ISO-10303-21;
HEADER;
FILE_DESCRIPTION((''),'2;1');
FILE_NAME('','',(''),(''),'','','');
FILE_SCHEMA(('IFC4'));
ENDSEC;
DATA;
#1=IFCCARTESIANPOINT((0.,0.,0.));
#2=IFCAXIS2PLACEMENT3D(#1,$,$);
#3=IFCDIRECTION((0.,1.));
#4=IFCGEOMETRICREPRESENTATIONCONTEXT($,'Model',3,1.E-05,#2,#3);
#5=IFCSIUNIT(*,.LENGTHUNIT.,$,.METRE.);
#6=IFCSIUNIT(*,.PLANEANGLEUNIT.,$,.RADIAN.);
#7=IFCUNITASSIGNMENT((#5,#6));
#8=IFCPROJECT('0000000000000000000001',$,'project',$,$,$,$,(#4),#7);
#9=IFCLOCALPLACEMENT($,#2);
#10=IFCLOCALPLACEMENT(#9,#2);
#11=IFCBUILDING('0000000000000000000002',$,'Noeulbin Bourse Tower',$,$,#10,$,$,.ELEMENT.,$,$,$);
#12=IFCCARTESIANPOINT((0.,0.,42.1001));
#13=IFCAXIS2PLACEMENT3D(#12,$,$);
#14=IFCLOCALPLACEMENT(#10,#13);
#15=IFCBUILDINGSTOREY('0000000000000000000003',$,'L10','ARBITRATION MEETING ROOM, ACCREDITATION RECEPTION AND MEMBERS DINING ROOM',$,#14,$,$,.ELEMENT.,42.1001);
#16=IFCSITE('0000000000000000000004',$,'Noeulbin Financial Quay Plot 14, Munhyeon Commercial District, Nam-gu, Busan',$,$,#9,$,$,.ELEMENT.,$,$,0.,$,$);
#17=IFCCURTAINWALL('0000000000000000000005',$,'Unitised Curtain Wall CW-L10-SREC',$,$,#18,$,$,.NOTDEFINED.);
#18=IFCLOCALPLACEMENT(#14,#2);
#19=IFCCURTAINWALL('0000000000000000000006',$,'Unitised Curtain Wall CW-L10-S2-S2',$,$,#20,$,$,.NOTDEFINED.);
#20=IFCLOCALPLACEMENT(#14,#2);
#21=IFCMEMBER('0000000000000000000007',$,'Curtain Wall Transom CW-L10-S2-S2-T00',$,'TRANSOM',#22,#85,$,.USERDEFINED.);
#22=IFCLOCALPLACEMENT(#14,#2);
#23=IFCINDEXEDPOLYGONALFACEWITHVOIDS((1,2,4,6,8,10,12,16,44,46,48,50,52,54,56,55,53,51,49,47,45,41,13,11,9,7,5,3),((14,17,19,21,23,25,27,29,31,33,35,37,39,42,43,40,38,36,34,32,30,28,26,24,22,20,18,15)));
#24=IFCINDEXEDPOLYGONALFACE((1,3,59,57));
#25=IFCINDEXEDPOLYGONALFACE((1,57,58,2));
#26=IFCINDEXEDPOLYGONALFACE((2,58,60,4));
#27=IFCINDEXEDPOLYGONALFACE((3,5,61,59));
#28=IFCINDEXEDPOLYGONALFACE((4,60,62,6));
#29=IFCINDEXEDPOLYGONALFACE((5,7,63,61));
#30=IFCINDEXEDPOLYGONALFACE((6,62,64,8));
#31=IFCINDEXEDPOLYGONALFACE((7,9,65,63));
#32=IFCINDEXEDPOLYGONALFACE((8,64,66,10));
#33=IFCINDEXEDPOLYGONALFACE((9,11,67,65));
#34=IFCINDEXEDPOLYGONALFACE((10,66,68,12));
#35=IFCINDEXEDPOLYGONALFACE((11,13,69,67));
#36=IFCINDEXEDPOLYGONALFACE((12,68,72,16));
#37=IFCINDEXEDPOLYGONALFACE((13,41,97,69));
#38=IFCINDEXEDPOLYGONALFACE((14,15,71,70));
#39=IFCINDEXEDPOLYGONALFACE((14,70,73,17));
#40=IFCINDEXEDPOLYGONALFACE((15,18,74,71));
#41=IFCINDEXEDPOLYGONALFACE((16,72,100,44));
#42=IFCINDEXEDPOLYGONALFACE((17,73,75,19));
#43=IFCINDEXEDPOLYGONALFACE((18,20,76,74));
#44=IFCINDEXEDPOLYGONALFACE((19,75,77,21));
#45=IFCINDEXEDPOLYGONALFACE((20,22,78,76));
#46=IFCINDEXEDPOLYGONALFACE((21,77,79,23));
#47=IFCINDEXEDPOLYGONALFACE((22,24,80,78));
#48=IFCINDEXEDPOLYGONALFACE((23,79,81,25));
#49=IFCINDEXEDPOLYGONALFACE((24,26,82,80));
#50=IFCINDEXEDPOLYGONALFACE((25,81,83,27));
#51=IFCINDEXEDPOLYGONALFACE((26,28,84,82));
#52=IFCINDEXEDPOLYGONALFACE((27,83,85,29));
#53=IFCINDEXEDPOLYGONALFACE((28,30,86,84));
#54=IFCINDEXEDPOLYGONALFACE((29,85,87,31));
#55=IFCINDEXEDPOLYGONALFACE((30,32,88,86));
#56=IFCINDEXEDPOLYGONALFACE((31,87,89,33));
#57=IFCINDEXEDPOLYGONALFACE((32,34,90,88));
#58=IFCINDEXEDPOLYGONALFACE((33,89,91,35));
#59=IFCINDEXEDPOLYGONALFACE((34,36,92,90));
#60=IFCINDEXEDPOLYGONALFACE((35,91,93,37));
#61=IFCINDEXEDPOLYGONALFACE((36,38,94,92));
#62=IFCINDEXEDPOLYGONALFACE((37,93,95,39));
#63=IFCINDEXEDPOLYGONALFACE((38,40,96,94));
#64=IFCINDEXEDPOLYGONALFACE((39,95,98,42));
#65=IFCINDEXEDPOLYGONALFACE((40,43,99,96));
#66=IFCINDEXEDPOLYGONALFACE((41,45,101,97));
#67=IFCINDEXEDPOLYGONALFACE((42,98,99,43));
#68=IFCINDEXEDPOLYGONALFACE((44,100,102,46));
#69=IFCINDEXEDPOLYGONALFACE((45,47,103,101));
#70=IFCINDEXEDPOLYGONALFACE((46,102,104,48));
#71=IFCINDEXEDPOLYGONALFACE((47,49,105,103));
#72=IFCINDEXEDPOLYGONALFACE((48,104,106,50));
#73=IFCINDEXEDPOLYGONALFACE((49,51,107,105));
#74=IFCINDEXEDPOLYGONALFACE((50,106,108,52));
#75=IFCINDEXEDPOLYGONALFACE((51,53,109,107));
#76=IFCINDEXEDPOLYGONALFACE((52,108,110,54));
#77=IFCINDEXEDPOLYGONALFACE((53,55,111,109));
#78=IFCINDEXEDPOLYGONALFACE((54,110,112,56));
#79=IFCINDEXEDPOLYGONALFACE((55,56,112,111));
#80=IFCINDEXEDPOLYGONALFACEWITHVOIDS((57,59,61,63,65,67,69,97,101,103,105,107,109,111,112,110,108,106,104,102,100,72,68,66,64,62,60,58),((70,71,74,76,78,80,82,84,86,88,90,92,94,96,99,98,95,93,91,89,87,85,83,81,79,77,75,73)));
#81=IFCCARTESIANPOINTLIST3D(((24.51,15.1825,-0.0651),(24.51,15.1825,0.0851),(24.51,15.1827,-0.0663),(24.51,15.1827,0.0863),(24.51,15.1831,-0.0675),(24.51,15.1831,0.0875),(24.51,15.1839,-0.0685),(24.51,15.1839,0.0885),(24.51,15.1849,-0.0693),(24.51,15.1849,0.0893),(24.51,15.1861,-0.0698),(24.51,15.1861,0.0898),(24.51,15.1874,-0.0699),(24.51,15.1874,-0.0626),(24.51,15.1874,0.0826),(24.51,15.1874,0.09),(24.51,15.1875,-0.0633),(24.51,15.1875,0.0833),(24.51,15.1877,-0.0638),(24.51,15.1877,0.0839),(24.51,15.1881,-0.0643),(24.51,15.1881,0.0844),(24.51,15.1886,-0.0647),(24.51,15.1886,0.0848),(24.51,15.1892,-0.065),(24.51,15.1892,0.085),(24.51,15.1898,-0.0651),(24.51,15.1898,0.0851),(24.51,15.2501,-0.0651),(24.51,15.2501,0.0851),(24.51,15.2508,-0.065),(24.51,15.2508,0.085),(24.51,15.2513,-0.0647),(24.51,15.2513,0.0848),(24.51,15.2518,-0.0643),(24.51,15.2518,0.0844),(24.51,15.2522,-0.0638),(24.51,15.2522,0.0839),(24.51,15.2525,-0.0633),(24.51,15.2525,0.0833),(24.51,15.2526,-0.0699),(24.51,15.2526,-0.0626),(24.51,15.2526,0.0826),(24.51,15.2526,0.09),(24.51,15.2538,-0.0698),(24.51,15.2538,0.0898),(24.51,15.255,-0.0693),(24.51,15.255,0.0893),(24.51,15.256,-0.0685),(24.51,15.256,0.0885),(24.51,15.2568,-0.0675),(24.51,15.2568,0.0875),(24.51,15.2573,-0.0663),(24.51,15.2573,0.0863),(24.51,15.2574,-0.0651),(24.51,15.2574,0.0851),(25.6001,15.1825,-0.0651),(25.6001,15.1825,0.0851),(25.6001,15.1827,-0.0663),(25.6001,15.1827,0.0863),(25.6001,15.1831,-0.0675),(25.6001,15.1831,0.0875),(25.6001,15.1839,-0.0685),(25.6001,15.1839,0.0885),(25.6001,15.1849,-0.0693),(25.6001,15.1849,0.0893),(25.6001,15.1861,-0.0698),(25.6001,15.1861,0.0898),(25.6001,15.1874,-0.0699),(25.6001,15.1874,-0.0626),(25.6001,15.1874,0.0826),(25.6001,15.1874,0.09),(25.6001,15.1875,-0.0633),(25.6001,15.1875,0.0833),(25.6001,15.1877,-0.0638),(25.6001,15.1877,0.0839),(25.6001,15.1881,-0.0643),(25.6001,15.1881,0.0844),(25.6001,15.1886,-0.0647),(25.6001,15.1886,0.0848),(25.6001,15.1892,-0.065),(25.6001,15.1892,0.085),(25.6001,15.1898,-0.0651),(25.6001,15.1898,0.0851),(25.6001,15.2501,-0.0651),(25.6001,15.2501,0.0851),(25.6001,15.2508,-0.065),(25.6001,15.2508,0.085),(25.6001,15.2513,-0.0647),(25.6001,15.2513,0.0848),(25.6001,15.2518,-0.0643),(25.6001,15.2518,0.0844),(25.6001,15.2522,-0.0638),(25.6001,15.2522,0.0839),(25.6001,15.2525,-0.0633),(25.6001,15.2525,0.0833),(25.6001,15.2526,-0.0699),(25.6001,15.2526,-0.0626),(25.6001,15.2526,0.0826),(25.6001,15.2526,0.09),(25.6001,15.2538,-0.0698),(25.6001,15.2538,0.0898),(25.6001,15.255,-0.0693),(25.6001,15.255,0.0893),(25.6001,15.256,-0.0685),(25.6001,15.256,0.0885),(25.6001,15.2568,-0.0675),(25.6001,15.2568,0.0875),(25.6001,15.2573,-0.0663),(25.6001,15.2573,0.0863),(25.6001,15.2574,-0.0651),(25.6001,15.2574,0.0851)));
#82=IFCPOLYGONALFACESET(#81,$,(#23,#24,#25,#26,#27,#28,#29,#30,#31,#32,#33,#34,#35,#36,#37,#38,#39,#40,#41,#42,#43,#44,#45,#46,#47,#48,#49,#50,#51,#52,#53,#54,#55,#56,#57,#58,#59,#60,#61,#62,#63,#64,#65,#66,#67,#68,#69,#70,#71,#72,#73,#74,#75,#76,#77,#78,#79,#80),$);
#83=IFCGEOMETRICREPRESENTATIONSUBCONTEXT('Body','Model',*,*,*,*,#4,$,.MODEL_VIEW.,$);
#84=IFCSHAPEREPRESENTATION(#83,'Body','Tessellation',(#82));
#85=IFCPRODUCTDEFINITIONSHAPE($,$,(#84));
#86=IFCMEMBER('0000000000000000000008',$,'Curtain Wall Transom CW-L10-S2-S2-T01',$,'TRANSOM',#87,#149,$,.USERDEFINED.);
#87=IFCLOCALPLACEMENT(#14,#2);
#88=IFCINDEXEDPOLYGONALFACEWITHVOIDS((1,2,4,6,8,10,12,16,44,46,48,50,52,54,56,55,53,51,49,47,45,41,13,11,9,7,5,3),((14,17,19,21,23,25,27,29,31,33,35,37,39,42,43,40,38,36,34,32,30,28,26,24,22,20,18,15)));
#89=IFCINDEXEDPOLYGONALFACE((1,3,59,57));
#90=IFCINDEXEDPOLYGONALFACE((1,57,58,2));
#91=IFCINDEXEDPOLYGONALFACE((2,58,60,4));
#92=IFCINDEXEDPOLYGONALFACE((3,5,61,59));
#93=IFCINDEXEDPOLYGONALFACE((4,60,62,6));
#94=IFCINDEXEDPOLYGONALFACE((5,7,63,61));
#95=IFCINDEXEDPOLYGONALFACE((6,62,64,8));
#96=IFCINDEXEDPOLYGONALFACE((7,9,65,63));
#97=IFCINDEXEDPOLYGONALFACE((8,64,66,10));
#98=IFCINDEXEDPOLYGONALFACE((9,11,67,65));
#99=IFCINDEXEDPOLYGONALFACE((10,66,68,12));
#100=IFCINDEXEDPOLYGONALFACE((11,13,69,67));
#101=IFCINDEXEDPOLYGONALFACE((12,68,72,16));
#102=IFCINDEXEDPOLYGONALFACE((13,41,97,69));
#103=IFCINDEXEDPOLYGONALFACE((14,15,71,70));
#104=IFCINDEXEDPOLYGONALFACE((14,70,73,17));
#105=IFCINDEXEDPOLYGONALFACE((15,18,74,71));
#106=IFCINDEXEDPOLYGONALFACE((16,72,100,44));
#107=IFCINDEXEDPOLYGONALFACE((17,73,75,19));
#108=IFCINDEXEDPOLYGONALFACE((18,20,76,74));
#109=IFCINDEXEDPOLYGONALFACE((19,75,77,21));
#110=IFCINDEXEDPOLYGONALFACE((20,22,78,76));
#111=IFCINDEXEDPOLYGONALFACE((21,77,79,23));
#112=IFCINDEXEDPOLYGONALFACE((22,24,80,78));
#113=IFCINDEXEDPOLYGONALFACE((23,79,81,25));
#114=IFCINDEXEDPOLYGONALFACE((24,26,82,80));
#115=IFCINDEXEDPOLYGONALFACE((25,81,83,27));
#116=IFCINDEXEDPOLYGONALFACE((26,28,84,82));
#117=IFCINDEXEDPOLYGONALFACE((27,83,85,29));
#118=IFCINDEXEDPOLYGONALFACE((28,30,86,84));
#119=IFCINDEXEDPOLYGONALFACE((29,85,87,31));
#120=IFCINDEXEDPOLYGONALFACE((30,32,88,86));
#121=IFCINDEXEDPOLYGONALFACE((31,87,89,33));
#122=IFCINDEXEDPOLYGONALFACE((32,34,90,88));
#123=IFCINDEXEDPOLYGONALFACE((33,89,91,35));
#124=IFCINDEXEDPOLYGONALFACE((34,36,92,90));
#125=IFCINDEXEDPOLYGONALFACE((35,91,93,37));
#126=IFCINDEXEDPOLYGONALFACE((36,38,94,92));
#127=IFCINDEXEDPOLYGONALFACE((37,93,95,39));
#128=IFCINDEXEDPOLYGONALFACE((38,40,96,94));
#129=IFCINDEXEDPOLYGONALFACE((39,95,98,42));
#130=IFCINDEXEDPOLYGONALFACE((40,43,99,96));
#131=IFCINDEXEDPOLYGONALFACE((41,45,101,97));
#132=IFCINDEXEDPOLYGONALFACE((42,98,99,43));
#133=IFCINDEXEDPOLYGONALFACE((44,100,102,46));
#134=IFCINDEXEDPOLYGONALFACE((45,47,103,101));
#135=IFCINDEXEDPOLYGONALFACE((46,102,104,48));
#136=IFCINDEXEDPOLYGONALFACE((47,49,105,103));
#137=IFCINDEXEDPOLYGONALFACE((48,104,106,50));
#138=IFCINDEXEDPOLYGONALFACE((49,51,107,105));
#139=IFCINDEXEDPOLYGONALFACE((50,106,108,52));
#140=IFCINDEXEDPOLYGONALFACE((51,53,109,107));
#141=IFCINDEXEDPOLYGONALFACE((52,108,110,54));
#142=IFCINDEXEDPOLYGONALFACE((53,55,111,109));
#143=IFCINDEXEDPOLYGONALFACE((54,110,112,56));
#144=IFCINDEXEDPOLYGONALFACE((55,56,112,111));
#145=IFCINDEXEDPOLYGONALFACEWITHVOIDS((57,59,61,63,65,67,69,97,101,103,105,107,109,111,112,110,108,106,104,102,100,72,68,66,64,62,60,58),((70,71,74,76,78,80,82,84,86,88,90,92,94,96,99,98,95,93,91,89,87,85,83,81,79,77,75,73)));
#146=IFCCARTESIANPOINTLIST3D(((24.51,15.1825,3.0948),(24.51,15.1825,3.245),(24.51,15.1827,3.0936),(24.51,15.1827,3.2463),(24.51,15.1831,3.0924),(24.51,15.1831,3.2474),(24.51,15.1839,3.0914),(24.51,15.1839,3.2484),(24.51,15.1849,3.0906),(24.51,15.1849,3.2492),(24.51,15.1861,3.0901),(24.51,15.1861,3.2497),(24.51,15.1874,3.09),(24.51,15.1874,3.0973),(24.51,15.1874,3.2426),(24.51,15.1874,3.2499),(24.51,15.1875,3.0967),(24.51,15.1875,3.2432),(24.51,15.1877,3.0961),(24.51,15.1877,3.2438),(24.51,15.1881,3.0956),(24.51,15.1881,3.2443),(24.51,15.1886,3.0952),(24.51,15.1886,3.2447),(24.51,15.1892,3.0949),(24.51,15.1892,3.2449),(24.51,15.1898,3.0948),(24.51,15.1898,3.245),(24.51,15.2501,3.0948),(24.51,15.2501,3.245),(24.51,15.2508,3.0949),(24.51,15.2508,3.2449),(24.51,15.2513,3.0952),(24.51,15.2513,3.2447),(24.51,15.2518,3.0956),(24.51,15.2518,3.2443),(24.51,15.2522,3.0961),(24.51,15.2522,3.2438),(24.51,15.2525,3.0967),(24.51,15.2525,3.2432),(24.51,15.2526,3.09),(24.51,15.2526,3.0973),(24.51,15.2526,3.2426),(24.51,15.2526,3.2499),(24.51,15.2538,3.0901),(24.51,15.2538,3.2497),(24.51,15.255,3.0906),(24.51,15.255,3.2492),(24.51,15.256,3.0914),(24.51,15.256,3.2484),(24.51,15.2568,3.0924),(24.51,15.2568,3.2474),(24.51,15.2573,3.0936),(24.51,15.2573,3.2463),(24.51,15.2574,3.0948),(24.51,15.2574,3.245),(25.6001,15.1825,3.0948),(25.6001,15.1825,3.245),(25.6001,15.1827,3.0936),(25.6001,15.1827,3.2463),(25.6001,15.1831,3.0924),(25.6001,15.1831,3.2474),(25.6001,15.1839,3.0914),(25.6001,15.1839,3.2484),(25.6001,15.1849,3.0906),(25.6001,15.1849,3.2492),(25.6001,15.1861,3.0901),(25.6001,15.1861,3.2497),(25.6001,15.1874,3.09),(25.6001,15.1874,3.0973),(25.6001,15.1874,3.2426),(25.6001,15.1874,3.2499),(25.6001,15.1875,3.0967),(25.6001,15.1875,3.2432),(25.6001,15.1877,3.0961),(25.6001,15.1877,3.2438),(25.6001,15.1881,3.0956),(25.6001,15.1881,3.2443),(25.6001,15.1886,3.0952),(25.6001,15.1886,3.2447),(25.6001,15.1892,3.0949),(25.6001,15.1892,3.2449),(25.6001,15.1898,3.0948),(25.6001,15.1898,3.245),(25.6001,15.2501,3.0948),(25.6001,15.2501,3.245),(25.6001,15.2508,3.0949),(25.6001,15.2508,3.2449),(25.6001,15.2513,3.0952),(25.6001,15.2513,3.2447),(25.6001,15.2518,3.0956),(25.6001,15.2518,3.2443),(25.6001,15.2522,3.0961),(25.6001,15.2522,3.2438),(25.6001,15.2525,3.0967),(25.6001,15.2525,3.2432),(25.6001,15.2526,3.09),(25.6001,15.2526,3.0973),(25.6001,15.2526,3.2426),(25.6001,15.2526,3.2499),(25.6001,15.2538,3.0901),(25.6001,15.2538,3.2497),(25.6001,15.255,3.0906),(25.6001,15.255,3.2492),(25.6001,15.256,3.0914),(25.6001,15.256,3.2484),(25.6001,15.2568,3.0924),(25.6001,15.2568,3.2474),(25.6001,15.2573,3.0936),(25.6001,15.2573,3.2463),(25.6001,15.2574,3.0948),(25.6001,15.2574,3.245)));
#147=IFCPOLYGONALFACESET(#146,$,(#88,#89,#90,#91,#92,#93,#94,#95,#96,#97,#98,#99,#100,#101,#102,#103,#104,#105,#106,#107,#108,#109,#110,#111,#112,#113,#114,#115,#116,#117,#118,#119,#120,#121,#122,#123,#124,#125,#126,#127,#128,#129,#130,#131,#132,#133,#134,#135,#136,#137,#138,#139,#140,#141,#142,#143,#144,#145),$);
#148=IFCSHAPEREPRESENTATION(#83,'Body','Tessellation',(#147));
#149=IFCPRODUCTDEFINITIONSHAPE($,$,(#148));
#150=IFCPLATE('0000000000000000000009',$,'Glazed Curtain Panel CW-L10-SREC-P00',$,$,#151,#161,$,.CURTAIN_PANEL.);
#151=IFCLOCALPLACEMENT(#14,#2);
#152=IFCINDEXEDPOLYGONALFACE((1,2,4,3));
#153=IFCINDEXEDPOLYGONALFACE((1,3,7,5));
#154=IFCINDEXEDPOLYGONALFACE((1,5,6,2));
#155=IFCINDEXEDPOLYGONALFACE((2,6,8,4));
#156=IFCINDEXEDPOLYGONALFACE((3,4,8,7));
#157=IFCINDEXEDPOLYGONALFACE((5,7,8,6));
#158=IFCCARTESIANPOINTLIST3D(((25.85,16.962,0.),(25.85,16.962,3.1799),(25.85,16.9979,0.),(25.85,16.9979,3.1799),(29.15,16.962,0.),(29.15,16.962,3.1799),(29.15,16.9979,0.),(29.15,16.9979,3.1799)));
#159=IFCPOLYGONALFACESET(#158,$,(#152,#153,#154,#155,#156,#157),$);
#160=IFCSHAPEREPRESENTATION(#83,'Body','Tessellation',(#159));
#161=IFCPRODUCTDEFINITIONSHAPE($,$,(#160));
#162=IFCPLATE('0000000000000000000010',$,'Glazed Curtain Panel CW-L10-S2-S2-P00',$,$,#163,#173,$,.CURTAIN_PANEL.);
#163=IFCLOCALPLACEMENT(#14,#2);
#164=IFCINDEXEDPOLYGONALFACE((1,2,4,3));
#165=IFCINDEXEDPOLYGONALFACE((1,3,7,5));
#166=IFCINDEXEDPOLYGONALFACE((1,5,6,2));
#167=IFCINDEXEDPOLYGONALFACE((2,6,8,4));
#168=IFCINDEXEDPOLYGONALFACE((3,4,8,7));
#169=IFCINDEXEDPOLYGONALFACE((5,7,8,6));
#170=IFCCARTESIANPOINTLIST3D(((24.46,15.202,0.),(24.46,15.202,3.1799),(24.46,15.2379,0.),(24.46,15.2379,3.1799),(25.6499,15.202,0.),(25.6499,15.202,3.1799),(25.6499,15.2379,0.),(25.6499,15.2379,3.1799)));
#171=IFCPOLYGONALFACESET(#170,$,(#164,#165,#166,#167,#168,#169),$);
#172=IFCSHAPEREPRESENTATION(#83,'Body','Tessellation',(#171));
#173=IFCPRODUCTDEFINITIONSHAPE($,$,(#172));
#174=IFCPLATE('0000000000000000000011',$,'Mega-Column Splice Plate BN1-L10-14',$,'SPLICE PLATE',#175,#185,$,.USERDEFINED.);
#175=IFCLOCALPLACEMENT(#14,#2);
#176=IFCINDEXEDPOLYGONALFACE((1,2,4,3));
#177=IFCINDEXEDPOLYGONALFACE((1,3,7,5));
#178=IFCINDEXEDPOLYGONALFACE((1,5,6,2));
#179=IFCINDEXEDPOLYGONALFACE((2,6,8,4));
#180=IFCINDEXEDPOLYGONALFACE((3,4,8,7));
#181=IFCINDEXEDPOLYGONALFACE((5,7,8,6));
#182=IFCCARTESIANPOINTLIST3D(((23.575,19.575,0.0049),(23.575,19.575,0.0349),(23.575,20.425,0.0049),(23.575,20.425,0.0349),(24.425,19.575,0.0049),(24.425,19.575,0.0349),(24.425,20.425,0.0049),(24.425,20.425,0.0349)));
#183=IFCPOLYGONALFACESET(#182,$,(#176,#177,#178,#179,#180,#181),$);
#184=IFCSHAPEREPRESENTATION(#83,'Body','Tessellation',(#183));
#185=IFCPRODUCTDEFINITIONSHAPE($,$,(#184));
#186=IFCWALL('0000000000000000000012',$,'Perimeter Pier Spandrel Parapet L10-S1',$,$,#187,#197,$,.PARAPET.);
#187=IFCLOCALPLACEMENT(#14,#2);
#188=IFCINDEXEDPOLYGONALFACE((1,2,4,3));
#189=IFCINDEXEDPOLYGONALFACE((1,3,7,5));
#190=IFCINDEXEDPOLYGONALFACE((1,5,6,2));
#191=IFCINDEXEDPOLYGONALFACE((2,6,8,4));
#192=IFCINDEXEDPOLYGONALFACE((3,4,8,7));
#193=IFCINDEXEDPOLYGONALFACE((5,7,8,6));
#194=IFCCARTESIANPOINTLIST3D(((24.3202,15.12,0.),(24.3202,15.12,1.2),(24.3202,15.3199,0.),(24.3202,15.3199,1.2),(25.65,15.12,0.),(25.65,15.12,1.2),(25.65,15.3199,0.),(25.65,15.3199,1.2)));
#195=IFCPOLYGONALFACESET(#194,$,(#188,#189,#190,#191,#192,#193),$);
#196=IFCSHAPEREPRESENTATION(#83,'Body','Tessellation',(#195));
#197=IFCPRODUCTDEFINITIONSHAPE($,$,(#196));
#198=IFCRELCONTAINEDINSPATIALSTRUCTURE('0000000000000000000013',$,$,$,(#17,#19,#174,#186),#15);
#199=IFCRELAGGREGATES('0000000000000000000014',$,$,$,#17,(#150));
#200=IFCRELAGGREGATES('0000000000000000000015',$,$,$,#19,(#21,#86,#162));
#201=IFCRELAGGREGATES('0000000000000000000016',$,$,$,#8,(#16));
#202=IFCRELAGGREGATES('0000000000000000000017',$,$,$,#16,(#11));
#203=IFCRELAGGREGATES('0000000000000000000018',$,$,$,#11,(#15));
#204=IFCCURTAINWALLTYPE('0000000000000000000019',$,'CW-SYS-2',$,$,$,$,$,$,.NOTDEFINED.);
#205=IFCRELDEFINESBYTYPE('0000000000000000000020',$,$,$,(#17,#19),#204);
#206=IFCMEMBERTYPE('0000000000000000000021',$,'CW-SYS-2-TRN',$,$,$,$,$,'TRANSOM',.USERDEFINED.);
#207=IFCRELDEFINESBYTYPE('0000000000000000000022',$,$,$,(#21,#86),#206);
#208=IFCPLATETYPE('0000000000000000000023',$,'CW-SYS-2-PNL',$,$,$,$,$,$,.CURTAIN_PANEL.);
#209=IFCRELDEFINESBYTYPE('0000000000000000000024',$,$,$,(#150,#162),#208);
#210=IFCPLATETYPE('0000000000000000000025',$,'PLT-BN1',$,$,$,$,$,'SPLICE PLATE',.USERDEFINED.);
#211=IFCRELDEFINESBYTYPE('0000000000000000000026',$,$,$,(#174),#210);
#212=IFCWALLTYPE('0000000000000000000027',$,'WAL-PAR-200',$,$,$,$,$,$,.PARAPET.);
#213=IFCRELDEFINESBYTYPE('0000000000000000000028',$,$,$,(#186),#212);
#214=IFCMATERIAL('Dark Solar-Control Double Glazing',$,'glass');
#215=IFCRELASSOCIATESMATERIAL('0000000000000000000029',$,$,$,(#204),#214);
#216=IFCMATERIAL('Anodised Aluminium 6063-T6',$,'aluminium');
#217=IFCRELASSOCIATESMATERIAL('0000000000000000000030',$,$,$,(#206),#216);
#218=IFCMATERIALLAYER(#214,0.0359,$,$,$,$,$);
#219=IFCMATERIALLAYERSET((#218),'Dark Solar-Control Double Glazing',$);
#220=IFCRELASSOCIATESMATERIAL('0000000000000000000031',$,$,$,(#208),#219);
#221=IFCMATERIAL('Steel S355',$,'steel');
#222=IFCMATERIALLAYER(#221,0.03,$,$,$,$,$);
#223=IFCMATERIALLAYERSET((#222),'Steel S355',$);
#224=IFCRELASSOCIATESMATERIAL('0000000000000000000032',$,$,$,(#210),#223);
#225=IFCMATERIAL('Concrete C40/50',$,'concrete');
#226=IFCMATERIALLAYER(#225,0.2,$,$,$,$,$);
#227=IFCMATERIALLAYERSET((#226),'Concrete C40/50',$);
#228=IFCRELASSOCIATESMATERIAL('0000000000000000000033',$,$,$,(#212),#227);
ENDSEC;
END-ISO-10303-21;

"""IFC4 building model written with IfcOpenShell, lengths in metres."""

from ifc_helpers import new_model, si_unit, direction, frame, frame_2d, origin, origin_2d, place, context, subcontext, project, spatial, rectangle, hollow_rectangle, extrude, material, layer, layer_set, material_profile, profile_set, type_object, element, aggregate, save


model = new_model("IFC4")

# Units and contexts
model_context = context("Model", 3, precision=1e-05, world=origin(), true_north=direction((0.0, 1.0)))
body_context = subcontext(model_context, "Body", "Model", "MODEL_VIEW")
ifc_project = project(units=[si_unit("LENGTHUNIT", "METRE"), si_unit("PLANEANGLEUNIT", "RADIAN")], contexts=[model_context])

# Site, building, storey
site_placement = place(None, origin())
site = spatial("IfcSite", under=ifc_project, at=site_placement, Name="Noeulbin Financial Quay Plot 14, Munhyeon Commercial District, Nam-gu, Busan", CompositionType="ELEMENT", RefElevation=0.0)
building_placement = place(site_placement, origin())
building = spatial("IfcBuilding", under=site, at=building_placement, Name="Noeulbin Bourse Tower", CompositionType="ELEMENT")
storey_placement = place(building_placement, frame((0.0, 0.0, 42.1001)))
storey = spatial("IfcBuildingStorey", under=building, at=storey_placement, Name="L10", Description="ARBITRATION MEETING ROOM, ACCREDITATION RECEPTION AND MEMBERS DINING ROOM", CompositionType="ELEMENT", Elevation=42.1001)

# Shared definitions
ifc_material_1 = material(Name="Steel S355", Category="steel")

# Curtain wall
ifc_material_2 = material(Name="Dark Solar-Control Double Glazing", Category="glass")
curtain_wall_type = type_object("IfcCurtainWallType", Name="CW-SYS-2", PredefinedType="NOTDEFINED", material=ifc_material_2)
curtain_wall_1_placement = place(storey_placement, origin())
curtain_wall_1 = element("IfcCurtainWall", 1, at=curtain_wall_1_placement, inside=storey, type_object=curtain_wall_type, Name="Unitised Curtain Wall CW-L10-SREC", PredefinedType="NOTDEFINED")
ifc_material_3 = material(Name="Anodised Aluminium 6063-T6", Category="aluminium")

# Curtain wall
curtain_wall_2_placement = place(storey_placement, origin())
curtain_wall_2 = element("IfcCurtainWall", 2, at=curtain_wall_2_placement, inside=storey, type_object=curtain_wall_type, Name="Unitised Curtain Wall CW-L10-S2-S2", PredefinedType="NOTDEFINED")

# Members
ifc_material_profile_1 = material_profile(ifc_material_3, hollow_rectangle(XDim=0.075, YDim=0.1599, WallThickness=0.0049, InnerFilletRadius=0.0024, OuterFilletRadius=0.0049, at=origin_2d()), Name="ALU-TRAN-75x160x5", Category="LoadBearing")
ifc_profile_set_1 = profile_set([ifc_material_profile_1], Name="Anodised Aluminium 6063-T6")
member_type_1 = type_object("IfcMemberType", Name="CW-SYS-2-TRN", ElementType="TRANSOM", PredefinedType="USERDEFINED", material=ifc_profile_set_1)
member_1_placement = place(storey_placement, frame((24.51, 15.22, 0.01), z_axis=(1.0, 0.0, 0.0), x_axis=(0.0, 1.0, 0.0)))
member_1 = element("IfcMember", 3, at=member_1_placement, type_object=member_type_1, Name="Curtain Wall Transom CW-L10-S2-S2-T00", ObjectType="TRANSOM", PredefinedType="USERDEFINED", context=body_context, shape_type="SweptSolid", body=[
    extrude(hollow_rectangle(XDim=0.075, YDim=0.1599, WallThickness=0.0049, InnerFilletRadius=0.0024, OuterFilletRadius=0.0049, at=origin_2d()), origin(), (0.0, 0.0, 1.0), 1.0901),
])
member_2_placement = place(storey_placement, frame((24.51, 15.22, 3.1699), z_axis=(1.0, 0.0, 0.0), x_axis=(0.0, 1.0, 0.0)))
member_2 = element("IfcMember", 4, at=member_2_placement, type_object=member_type_1, Name="Curtain Wall Transom CW-L10-S2-S2-T01", ObjectType="TRANSOM", PredefinedType="USERDEFINED", context=body_context, shape_type="SweptSolid", body=[
    extrude(hollow_rectangle(XDim=0.075, YDim=0.1599, WallThickness=0.0049, InnerFilletRadius=0.0024, OuterFilletRadius=0.0049, at=origin_2d()), origin(), (0.0, 0.0, 1.0), 1.0901),
])

# Plates
ifc_layer_1 = layer(ifc_material_2, 0.0359)
ifc_layer_set_1 = layer_set([ifc_layer_1], Name="Dark Solar-Control Double Glazing")
plate_type_1 = type_object("IfcPlateType", Name="CW-SYS-2-PNL", PredefinedType="CURTAIN_PANEL", material=ifc_layer_set_1)
plate_1_placement = place(storey_placement, frame((27.5, 16.98, 0.0), z_axis=(0.0, 0.0, 1.0), x_axis=(1.0, 0.0, 0.0)))
plate_1 = element("IfcPlate", 5, at=plate_1_placement, type_object=plate_type_1, Name="Glazed Curtain Panel CW-L10-SREC-P00", PredefinedType="CURTAIN_PANEL", context=body_context, shape_type="SweptSolid", body=[
    extrude(rectangle(XDim=3.3, YDim=0.0359, at=origin_2d()), origin(), (0.0, 0.0, 1.0), 3.1799),
])
aggregate(curtain_wall_1, [plate_1])
plate_2_placement = place(storey_placement, frame((25.0549, 15.22, 0.0), z_axis=(0.0, 0.0, 1.0), x_axis=(1.0, 0.0, 0.0)))
plate_2 = element("IfcPlate", 6, at=plate_2_placement, type_object=plate_type_1, Name="Glazed Curtain Panel CW-L10-S2-S2-P00", PredefinedType="CURTAIN_PANEL", context=body_context, shape_type="SweptSolid", body=[
    extrude(rectangle(XDim=1.1899, YDim=0.0359, at=origin_2d()), origin(), (0.0, 0.0, 1.0), 3.1799),
])
aggregate(curtain_wall_2, [member_1, member_2, plate_2])
ifc_layer_2 = layer(ifc_material_1, 0.03)
ifc_layer_set_2 = layer_set([ifc_layer_2], Name="Steel S355")
plate_type_2 = type_object("IfcPlateType", Name="PLT-BN1", ElementType="SPLICE PLATE", PredefinedType="USERDEFINED", material=ifc_layer_set_2)
plate_3_placement = place(storey_placement, frame((24.0, 20.0, 0.0049), z_axis=(0.0, 0.0, 1.0), x_axis=(1.0, 0.0, 0.0)))
element("IfcPlate", 7, at=plate_3_placement, inside=storey, type_object=plate_type_2, Name="Mega-Column Splice Plate BN1-L10-14", ObjectType="SPLICE PLATE", PredefinedType="USERDEFINED", context=body_context, shape_type="SweptSolid", body=[
    extrude(rectangle(XDim=0.8501, YDim=0.8501, at=origin_2d()), origin(), (0.0, 0.0, 1.0), 0.03),
])

# Wall
ifc_material_4 = material(Name="Concrete C40/50", Category="concrete")
ifc_layer_3 = layer(ifc_material_4, 0.2)
ifc_layer_set_3 = layer_set([ifc_layer_3], Name="Concrete C40/50")
wall_type_1 = type_object("IfcWallType", Name="WAL-PAR-200", PredefinedType="PARAPET", material=ifc_layer_set_3)
wall_1_placement = place(storey_placement, frame((24.3201, 15.22, 0.0), z_axis=(0.0, 0.0, 1.0), x_axis=(1.0, 0.0, 0.0)))
element("IfcWall", 8, at=wall_1_placement, inside=storey, type_object=wall_type_1, Name="Perimeter Pier Spandrel Parapet L10-S1", PredefinedType="PARAPET", context=body_context, shape_type="SweptSolid", body=[
    extrude(rectangle(XDim=1.3298, YDim=0.2, at=frame_2d((0.665, 0.0))), origin(), (0.0, 0.0, 1.0), 1.2),
])

save(model, "model.ifc")
